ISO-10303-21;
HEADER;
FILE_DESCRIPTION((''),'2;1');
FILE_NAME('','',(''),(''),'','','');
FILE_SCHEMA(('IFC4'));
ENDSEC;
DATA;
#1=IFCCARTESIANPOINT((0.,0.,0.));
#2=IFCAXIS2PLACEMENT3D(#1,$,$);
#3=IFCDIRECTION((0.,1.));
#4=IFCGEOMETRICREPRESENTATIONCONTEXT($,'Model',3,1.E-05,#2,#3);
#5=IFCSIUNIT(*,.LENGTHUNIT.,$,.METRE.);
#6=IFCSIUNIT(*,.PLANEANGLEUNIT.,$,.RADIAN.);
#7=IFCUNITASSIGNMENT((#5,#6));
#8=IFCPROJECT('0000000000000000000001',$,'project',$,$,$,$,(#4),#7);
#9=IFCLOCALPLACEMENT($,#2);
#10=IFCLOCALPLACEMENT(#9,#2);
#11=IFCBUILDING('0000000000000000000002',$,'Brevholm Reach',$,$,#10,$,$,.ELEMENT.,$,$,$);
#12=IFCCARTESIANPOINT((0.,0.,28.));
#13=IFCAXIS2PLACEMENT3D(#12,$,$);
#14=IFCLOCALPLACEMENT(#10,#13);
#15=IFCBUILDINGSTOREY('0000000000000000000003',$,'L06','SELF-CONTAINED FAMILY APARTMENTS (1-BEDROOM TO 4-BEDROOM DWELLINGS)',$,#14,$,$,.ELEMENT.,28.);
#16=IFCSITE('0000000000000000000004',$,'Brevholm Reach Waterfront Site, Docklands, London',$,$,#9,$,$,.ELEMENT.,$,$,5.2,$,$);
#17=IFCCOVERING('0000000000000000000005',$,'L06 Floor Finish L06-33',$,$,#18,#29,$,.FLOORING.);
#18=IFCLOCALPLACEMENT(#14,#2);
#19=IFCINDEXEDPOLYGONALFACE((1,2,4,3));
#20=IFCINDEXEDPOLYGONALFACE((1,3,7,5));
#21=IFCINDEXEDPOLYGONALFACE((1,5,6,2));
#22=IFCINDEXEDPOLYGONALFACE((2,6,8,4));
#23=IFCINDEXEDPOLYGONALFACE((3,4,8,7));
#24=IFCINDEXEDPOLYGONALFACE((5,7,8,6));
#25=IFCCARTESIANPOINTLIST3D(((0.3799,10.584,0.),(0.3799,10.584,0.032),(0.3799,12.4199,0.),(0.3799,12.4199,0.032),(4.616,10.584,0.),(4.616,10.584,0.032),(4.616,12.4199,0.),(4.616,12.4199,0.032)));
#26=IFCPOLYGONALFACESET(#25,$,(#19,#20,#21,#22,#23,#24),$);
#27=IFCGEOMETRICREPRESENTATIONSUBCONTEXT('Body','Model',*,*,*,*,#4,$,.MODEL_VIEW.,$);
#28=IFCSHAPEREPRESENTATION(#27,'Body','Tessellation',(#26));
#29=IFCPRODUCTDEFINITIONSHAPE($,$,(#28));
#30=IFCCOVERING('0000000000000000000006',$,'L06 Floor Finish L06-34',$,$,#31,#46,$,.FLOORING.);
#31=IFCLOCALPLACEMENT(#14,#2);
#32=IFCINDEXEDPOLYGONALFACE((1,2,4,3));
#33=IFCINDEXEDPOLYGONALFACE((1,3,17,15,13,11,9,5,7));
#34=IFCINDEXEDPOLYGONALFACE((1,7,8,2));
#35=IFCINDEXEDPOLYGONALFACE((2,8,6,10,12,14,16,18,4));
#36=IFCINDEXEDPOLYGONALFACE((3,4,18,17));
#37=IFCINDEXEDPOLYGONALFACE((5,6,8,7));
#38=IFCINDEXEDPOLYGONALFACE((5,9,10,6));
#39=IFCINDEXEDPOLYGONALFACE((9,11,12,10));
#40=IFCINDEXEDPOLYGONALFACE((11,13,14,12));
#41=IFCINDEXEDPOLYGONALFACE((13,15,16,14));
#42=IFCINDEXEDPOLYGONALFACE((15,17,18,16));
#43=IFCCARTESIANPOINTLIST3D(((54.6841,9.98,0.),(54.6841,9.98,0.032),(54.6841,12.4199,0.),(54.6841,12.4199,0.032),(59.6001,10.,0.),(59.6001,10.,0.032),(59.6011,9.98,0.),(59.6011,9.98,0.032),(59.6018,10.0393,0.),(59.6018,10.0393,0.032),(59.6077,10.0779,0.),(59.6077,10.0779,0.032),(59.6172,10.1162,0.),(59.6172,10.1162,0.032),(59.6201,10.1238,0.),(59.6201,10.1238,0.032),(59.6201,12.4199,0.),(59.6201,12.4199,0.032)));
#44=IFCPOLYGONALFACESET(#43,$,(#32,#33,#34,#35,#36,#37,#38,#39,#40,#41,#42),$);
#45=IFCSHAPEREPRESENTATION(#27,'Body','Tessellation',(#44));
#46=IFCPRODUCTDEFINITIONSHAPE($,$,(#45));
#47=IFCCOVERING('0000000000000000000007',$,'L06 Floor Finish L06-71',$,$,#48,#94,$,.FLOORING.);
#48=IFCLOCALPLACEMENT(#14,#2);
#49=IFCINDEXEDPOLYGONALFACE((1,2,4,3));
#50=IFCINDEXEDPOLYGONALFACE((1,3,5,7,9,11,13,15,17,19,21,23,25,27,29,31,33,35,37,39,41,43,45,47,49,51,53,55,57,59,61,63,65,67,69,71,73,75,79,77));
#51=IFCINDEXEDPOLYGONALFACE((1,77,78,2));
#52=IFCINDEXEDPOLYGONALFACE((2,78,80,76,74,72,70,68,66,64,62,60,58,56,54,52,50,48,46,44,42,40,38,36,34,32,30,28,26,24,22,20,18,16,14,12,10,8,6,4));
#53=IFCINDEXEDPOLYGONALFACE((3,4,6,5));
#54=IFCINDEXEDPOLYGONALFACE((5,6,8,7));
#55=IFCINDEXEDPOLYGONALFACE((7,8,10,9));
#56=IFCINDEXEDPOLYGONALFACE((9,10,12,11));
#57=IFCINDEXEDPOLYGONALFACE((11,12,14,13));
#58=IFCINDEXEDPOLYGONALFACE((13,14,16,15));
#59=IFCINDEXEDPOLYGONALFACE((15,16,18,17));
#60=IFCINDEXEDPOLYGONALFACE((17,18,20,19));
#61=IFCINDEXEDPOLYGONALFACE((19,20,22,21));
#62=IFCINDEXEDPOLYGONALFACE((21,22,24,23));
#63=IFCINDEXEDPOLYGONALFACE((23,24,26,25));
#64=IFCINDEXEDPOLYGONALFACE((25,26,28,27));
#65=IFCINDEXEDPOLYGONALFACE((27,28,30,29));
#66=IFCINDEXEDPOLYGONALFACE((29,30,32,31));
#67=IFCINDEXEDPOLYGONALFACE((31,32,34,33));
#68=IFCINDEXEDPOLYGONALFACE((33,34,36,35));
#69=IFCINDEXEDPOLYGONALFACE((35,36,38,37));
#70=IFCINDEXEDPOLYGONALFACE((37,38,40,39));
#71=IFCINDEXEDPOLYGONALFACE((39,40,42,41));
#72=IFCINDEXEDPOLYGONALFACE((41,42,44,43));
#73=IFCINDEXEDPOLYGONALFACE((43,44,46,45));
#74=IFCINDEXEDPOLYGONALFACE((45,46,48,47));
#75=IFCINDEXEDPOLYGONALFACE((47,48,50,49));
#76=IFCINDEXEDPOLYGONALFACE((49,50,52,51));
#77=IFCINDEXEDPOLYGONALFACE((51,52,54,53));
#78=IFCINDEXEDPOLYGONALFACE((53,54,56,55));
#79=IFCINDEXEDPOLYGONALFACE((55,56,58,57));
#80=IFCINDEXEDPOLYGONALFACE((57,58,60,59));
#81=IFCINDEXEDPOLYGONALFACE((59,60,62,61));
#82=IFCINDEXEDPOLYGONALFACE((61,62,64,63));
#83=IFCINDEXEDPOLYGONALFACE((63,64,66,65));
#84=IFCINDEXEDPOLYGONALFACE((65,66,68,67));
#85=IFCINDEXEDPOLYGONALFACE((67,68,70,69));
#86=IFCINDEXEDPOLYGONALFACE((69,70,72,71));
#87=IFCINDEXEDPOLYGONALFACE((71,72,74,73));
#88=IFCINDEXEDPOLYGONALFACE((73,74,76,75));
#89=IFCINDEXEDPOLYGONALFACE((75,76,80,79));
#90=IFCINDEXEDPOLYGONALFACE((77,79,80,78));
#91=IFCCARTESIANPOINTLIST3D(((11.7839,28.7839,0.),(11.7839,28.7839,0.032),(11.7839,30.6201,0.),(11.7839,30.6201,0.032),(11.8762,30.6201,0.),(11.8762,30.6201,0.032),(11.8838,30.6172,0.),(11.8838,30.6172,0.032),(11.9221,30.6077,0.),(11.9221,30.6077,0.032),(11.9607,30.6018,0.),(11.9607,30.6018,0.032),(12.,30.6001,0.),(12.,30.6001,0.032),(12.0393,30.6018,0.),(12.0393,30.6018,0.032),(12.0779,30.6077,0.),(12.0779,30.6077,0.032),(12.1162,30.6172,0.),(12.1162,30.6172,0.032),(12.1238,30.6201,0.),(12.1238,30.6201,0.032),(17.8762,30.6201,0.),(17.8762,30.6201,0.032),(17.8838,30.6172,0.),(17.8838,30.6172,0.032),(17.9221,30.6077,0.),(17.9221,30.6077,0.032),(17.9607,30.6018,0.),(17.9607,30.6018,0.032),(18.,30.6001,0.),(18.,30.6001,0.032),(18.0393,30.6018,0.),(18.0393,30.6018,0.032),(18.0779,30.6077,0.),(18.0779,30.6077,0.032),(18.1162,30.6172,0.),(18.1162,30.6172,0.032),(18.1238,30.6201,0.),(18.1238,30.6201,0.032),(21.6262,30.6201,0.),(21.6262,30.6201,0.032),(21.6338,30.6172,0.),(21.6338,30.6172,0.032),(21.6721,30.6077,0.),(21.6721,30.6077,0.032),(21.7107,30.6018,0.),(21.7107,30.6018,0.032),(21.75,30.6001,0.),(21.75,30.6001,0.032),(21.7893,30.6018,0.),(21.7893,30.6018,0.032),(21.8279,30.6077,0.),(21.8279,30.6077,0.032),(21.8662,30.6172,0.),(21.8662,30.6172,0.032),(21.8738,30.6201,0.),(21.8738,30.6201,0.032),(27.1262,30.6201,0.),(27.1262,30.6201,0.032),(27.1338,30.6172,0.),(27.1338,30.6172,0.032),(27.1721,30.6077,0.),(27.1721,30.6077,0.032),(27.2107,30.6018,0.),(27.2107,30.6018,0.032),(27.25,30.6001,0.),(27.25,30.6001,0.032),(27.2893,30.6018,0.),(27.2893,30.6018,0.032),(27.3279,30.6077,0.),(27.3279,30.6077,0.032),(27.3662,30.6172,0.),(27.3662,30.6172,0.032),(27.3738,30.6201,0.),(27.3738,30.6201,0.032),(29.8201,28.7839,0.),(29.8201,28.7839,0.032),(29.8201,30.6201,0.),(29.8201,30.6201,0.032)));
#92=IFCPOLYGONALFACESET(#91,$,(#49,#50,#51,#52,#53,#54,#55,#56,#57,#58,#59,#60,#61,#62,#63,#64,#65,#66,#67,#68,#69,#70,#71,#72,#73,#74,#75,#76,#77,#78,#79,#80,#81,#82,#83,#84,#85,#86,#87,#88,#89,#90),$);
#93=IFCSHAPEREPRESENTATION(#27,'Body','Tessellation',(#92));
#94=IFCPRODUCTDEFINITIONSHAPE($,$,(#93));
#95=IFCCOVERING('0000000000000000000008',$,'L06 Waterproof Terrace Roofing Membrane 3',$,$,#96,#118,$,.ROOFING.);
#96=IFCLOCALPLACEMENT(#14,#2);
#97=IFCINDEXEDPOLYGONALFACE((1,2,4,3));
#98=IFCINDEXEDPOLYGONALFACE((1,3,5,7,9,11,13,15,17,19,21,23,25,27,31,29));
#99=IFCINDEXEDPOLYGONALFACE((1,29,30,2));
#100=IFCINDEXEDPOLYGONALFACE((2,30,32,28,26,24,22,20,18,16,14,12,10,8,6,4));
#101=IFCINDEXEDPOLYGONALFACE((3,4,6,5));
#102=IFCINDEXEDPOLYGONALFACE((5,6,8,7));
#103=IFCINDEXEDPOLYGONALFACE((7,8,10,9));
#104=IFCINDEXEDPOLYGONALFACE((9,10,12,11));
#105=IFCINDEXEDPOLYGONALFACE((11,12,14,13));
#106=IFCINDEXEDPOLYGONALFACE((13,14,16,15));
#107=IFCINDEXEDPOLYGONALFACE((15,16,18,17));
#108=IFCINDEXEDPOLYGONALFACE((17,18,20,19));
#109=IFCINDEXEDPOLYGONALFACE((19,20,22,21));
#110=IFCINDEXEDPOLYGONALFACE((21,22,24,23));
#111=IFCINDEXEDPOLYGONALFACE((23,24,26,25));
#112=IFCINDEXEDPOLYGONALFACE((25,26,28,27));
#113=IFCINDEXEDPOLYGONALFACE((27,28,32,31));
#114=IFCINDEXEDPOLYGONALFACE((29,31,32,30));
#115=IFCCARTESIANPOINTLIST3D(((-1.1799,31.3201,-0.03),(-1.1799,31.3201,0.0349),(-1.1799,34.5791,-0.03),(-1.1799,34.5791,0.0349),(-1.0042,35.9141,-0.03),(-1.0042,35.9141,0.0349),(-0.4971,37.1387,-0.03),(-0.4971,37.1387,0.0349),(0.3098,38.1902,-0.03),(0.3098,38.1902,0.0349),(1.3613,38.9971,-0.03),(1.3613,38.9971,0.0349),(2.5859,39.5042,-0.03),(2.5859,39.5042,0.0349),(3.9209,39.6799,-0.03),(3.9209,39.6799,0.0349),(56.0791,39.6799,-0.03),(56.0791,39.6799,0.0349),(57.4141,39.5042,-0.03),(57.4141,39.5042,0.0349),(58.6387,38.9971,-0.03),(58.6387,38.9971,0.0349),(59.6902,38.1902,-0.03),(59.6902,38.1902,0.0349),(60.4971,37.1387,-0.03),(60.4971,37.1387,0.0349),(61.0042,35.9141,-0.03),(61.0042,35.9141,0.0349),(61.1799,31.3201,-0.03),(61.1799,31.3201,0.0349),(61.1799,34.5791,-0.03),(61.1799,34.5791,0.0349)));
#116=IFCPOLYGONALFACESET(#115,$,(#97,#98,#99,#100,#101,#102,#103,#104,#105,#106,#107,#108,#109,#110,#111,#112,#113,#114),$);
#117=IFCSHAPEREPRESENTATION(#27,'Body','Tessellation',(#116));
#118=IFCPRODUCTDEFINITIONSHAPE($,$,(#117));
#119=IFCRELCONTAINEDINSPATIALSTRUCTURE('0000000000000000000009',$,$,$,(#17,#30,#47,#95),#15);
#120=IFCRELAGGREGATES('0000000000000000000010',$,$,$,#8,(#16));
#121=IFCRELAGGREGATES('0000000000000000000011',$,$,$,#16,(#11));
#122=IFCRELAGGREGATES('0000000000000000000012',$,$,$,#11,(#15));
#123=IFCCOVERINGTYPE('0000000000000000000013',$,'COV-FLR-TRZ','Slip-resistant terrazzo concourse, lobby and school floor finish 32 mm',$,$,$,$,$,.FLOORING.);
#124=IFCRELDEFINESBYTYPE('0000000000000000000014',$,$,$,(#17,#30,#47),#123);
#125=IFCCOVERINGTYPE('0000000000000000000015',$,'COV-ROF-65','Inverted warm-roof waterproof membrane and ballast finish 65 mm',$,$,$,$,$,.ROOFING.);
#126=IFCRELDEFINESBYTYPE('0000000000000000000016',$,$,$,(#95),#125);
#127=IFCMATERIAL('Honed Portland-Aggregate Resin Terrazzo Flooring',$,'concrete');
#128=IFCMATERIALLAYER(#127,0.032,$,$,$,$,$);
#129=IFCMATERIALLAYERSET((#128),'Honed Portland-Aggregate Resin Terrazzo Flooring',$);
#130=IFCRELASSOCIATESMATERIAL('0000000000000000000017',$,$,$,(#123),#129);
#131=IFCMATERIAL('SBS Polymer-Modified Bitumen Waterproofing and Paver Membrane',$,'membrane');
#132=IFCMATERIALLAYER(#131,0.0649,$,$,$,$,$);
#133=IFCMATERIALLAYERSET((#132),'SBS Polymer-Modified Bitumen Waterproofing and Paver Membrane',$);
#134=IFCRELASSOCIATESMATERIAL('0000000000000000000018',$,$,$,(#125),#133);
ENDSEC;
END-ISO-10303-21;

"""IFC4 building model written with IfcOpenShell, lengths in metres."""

from ifc_helpers import new_model, si_unit, direction, frame, origin, place, context, subcontext, project, spatial, polyline, outline, extrude, material, layer, layer_set, type_object, element, save


model = new_model("IFC4")

# Units and contexts
model_context = context("Model", 3, precision=1e-05, world=origin(), true_north=direction((0.0, 1.0)))
body_context = subcontext(model_context, "Body", "Model", "MODEL_VIEW")
ifc_project = project(units=[si_unit("LENGTHUNIT", "METRE"), si_unit("PLANEANGLEUNIT", "RADIAN")], contexts=[model_context])

# Site, building, storey
site_placement = place(None, origin())
site = spatial("IfcSite", under=ifc_project, at=site_placement, Name="Brevholm Reach Waterfront Site, Docklands, London", CompositionType="ELEMENT", RefElevation=5.2)
building_placement = place(site_placement, origin())
building = spatial("IfcBuilding", under=site, at=building_placement, Name="Brevholm Reach", CompositionType="ELEMENT")
storey_placement = place(building_placement, frame((0.0, 0.0, 28.0)))
storey = spatial("IfcBuildingStorey", under=building, at=storey_placement, Name="L06", Description="SELF-CONTAINED FAMILY APARTMENTS (1-BEDROOM TO 4-BEDROOM DWELLINGS)", CompositionType="ELEMENT", Elevation=28.0)

# Coverings
ifc_material_1 = material(Name="Honed Portland-Aggregate Resin Terrazzo Flooring", Category="concrete")
ifc_layer_1 = layer(ifc_material_1, 0.032)
ifc_layer_set_1 = layer_set([ifc_layer_1], Name="Honed Portland-Aggregate Resin Terrazzo Flooring")
covering_type_1 = type_object("IfcCoveringType", Name="COV-FLR-TRZ", Description="Slip-resistant terrazzo concourse, lobby and school floor finish 32 mm", PredefinedType="FLOORING", material=ifc_layer_set_1)
covering_1_placement = place(storey_placement, origin())
element("IfcCovering", 1, at=covering_1_placement, inside=storey, type_object=covering_type_1, Name="L06 Floor Finish L06-33", PredefinedType="FLOORING", context=body_context, shape_type="SweptSolid", body=[
    extrude(outline(polyline([(0.3799, 12.4199), (4.616, 12.4199), (4.616, 10.584), (0.3799, 10.584), (0.3799, 12.4199)])), origin(), (0.0, 0.0, 1.0), 0.032),
])
covering_2_placement = place(storey_placement, origin())
element("IfcCovering", 2, at=covering_2_placement, inside=storey, type_object=covering_type_1, Name="L06 Floor Finish L06-34", PredefinedType="FLOORING", context=body_context, shape_type="SweptSolid", body=[
    extrude(outline(polyline([(59.6201, 12.4199), (59.6201, 10.1238), (59.6172, 10.1162), (59.6077, 10.0779), (59.6018, 10.0393), (59.6001, 10.0), (59.6011, 9.98), (54.6841, 9.98), (54.6841, 12.4199), (59.6201, 12.4199)])), origin(), (0.0, 0.0, 1.0), 0.032),
])
covering_3_placement = place(storey_placement, origin())
element("IfcCovering", 3, at=covering_3_placement, inside=storey, type_object=covering_type_1, Name="L06 Floor Finish L06-71", PredefinedType="FLOORING", context=body_context, shape_type="SweptSolid", body=[
    extrude(outline(polyline([(11.8762, 30.6201), (11.8838, 30.6172), (11.9221, 30.6077), (11.9607, 30.6018), (12.0, 30.6001), (12.0393, 30.6018), (12.0779, 30.6077), (12.1162, 30.6172), (12.1238, 30.6201), (17.8762, 30.6201), (17.8838, 30.6172), (17.9221, 30.6077), (17.9607, 30.6018), (18.0, 30.6001), (18.0393, 30.6018), (18.0779, 30.6077), (18.1162, 30.6172), (18.1238, 30.6201), (21.6262, 30.6201), (21.6338, 30.6172), (21.6721, 30.6077), (21.7107, 30.6018), (21.75, 30.6001), (21.7893, 30.6018), (21.8279, 30.6077), (21.8662, 30.6172), (21.8738, 30.6201), (27.1262, 30.6201), (27.1338, 30.6172), (27.1721, 30.6077), (27.2107, 30.6018), (27.25, 30.6001), (27.2893, 30.6018), (27.3279, 30.6077), (27.3662, 30.6172), (27.3738, 30.6201), (29.8201, 30.6201), (29.8201, 28.7839), (11.7839, 28.7839), (11.7839, 30.6201), (11.8762, 30.6201)])), origin(), (0.0, 0.0, 1.0), 0.032),
])
ifc_material_2 = material(Name="SBS Polymer-Modified Bitumen Waterproofing and Paver Membrane", Category="membrane")
ifc_layer_2 = layer(ifc_material_2, 0.0649)
ifc_layer_set_2 = layer_set([ifc_layer_2], Name="SBS Polymer-Modified Bitumen Waterproofing and Paver Membrane")
covering_type_2 = type_object("IfcCoveringType", Name="COV-ROF-65", Description="Inverted warm-roof waterproof membrane and ballast finish 65 mm", PredefinedType="ROOFING", material=ifc_layer_set_2)
covering_4_placement = place(storey_placement, frame((0.0, 0.0, -0.03)))
element("IfcCovering", 4, at=covering_4_placement, inside=storey, type_object=covering_type_2, Name="L06 Waterproof Terrace Roofing Membrane 3", PredefinedType="ROOFING", context=body_context, shape_type="SweptSolid", body=[
    extrude(outline(polyline([(-1.1799, 31.3201), (-1.1799, 34.5791), (-1.0042, 35.9141), (-0.4971, 37.1387), (0.3098, 38.1902), (1.3613, 38.9971), (2.5859, 39.5042), (3.9209, 39.6799), (56.0791, 39.6799), (57.4141, 39.5042), (58.6387, 38.9971), (59.6902, 38.1902), (60.4971, 37.1387), (61.0042, 35.9141), (61.1799, 34.5791), (61.1799, 31.3201), (-1.1799, 31.3201)])), origin(), (0.0, 0.0, 1.0), 0.0649),
])

save(model, "model.ifc")
